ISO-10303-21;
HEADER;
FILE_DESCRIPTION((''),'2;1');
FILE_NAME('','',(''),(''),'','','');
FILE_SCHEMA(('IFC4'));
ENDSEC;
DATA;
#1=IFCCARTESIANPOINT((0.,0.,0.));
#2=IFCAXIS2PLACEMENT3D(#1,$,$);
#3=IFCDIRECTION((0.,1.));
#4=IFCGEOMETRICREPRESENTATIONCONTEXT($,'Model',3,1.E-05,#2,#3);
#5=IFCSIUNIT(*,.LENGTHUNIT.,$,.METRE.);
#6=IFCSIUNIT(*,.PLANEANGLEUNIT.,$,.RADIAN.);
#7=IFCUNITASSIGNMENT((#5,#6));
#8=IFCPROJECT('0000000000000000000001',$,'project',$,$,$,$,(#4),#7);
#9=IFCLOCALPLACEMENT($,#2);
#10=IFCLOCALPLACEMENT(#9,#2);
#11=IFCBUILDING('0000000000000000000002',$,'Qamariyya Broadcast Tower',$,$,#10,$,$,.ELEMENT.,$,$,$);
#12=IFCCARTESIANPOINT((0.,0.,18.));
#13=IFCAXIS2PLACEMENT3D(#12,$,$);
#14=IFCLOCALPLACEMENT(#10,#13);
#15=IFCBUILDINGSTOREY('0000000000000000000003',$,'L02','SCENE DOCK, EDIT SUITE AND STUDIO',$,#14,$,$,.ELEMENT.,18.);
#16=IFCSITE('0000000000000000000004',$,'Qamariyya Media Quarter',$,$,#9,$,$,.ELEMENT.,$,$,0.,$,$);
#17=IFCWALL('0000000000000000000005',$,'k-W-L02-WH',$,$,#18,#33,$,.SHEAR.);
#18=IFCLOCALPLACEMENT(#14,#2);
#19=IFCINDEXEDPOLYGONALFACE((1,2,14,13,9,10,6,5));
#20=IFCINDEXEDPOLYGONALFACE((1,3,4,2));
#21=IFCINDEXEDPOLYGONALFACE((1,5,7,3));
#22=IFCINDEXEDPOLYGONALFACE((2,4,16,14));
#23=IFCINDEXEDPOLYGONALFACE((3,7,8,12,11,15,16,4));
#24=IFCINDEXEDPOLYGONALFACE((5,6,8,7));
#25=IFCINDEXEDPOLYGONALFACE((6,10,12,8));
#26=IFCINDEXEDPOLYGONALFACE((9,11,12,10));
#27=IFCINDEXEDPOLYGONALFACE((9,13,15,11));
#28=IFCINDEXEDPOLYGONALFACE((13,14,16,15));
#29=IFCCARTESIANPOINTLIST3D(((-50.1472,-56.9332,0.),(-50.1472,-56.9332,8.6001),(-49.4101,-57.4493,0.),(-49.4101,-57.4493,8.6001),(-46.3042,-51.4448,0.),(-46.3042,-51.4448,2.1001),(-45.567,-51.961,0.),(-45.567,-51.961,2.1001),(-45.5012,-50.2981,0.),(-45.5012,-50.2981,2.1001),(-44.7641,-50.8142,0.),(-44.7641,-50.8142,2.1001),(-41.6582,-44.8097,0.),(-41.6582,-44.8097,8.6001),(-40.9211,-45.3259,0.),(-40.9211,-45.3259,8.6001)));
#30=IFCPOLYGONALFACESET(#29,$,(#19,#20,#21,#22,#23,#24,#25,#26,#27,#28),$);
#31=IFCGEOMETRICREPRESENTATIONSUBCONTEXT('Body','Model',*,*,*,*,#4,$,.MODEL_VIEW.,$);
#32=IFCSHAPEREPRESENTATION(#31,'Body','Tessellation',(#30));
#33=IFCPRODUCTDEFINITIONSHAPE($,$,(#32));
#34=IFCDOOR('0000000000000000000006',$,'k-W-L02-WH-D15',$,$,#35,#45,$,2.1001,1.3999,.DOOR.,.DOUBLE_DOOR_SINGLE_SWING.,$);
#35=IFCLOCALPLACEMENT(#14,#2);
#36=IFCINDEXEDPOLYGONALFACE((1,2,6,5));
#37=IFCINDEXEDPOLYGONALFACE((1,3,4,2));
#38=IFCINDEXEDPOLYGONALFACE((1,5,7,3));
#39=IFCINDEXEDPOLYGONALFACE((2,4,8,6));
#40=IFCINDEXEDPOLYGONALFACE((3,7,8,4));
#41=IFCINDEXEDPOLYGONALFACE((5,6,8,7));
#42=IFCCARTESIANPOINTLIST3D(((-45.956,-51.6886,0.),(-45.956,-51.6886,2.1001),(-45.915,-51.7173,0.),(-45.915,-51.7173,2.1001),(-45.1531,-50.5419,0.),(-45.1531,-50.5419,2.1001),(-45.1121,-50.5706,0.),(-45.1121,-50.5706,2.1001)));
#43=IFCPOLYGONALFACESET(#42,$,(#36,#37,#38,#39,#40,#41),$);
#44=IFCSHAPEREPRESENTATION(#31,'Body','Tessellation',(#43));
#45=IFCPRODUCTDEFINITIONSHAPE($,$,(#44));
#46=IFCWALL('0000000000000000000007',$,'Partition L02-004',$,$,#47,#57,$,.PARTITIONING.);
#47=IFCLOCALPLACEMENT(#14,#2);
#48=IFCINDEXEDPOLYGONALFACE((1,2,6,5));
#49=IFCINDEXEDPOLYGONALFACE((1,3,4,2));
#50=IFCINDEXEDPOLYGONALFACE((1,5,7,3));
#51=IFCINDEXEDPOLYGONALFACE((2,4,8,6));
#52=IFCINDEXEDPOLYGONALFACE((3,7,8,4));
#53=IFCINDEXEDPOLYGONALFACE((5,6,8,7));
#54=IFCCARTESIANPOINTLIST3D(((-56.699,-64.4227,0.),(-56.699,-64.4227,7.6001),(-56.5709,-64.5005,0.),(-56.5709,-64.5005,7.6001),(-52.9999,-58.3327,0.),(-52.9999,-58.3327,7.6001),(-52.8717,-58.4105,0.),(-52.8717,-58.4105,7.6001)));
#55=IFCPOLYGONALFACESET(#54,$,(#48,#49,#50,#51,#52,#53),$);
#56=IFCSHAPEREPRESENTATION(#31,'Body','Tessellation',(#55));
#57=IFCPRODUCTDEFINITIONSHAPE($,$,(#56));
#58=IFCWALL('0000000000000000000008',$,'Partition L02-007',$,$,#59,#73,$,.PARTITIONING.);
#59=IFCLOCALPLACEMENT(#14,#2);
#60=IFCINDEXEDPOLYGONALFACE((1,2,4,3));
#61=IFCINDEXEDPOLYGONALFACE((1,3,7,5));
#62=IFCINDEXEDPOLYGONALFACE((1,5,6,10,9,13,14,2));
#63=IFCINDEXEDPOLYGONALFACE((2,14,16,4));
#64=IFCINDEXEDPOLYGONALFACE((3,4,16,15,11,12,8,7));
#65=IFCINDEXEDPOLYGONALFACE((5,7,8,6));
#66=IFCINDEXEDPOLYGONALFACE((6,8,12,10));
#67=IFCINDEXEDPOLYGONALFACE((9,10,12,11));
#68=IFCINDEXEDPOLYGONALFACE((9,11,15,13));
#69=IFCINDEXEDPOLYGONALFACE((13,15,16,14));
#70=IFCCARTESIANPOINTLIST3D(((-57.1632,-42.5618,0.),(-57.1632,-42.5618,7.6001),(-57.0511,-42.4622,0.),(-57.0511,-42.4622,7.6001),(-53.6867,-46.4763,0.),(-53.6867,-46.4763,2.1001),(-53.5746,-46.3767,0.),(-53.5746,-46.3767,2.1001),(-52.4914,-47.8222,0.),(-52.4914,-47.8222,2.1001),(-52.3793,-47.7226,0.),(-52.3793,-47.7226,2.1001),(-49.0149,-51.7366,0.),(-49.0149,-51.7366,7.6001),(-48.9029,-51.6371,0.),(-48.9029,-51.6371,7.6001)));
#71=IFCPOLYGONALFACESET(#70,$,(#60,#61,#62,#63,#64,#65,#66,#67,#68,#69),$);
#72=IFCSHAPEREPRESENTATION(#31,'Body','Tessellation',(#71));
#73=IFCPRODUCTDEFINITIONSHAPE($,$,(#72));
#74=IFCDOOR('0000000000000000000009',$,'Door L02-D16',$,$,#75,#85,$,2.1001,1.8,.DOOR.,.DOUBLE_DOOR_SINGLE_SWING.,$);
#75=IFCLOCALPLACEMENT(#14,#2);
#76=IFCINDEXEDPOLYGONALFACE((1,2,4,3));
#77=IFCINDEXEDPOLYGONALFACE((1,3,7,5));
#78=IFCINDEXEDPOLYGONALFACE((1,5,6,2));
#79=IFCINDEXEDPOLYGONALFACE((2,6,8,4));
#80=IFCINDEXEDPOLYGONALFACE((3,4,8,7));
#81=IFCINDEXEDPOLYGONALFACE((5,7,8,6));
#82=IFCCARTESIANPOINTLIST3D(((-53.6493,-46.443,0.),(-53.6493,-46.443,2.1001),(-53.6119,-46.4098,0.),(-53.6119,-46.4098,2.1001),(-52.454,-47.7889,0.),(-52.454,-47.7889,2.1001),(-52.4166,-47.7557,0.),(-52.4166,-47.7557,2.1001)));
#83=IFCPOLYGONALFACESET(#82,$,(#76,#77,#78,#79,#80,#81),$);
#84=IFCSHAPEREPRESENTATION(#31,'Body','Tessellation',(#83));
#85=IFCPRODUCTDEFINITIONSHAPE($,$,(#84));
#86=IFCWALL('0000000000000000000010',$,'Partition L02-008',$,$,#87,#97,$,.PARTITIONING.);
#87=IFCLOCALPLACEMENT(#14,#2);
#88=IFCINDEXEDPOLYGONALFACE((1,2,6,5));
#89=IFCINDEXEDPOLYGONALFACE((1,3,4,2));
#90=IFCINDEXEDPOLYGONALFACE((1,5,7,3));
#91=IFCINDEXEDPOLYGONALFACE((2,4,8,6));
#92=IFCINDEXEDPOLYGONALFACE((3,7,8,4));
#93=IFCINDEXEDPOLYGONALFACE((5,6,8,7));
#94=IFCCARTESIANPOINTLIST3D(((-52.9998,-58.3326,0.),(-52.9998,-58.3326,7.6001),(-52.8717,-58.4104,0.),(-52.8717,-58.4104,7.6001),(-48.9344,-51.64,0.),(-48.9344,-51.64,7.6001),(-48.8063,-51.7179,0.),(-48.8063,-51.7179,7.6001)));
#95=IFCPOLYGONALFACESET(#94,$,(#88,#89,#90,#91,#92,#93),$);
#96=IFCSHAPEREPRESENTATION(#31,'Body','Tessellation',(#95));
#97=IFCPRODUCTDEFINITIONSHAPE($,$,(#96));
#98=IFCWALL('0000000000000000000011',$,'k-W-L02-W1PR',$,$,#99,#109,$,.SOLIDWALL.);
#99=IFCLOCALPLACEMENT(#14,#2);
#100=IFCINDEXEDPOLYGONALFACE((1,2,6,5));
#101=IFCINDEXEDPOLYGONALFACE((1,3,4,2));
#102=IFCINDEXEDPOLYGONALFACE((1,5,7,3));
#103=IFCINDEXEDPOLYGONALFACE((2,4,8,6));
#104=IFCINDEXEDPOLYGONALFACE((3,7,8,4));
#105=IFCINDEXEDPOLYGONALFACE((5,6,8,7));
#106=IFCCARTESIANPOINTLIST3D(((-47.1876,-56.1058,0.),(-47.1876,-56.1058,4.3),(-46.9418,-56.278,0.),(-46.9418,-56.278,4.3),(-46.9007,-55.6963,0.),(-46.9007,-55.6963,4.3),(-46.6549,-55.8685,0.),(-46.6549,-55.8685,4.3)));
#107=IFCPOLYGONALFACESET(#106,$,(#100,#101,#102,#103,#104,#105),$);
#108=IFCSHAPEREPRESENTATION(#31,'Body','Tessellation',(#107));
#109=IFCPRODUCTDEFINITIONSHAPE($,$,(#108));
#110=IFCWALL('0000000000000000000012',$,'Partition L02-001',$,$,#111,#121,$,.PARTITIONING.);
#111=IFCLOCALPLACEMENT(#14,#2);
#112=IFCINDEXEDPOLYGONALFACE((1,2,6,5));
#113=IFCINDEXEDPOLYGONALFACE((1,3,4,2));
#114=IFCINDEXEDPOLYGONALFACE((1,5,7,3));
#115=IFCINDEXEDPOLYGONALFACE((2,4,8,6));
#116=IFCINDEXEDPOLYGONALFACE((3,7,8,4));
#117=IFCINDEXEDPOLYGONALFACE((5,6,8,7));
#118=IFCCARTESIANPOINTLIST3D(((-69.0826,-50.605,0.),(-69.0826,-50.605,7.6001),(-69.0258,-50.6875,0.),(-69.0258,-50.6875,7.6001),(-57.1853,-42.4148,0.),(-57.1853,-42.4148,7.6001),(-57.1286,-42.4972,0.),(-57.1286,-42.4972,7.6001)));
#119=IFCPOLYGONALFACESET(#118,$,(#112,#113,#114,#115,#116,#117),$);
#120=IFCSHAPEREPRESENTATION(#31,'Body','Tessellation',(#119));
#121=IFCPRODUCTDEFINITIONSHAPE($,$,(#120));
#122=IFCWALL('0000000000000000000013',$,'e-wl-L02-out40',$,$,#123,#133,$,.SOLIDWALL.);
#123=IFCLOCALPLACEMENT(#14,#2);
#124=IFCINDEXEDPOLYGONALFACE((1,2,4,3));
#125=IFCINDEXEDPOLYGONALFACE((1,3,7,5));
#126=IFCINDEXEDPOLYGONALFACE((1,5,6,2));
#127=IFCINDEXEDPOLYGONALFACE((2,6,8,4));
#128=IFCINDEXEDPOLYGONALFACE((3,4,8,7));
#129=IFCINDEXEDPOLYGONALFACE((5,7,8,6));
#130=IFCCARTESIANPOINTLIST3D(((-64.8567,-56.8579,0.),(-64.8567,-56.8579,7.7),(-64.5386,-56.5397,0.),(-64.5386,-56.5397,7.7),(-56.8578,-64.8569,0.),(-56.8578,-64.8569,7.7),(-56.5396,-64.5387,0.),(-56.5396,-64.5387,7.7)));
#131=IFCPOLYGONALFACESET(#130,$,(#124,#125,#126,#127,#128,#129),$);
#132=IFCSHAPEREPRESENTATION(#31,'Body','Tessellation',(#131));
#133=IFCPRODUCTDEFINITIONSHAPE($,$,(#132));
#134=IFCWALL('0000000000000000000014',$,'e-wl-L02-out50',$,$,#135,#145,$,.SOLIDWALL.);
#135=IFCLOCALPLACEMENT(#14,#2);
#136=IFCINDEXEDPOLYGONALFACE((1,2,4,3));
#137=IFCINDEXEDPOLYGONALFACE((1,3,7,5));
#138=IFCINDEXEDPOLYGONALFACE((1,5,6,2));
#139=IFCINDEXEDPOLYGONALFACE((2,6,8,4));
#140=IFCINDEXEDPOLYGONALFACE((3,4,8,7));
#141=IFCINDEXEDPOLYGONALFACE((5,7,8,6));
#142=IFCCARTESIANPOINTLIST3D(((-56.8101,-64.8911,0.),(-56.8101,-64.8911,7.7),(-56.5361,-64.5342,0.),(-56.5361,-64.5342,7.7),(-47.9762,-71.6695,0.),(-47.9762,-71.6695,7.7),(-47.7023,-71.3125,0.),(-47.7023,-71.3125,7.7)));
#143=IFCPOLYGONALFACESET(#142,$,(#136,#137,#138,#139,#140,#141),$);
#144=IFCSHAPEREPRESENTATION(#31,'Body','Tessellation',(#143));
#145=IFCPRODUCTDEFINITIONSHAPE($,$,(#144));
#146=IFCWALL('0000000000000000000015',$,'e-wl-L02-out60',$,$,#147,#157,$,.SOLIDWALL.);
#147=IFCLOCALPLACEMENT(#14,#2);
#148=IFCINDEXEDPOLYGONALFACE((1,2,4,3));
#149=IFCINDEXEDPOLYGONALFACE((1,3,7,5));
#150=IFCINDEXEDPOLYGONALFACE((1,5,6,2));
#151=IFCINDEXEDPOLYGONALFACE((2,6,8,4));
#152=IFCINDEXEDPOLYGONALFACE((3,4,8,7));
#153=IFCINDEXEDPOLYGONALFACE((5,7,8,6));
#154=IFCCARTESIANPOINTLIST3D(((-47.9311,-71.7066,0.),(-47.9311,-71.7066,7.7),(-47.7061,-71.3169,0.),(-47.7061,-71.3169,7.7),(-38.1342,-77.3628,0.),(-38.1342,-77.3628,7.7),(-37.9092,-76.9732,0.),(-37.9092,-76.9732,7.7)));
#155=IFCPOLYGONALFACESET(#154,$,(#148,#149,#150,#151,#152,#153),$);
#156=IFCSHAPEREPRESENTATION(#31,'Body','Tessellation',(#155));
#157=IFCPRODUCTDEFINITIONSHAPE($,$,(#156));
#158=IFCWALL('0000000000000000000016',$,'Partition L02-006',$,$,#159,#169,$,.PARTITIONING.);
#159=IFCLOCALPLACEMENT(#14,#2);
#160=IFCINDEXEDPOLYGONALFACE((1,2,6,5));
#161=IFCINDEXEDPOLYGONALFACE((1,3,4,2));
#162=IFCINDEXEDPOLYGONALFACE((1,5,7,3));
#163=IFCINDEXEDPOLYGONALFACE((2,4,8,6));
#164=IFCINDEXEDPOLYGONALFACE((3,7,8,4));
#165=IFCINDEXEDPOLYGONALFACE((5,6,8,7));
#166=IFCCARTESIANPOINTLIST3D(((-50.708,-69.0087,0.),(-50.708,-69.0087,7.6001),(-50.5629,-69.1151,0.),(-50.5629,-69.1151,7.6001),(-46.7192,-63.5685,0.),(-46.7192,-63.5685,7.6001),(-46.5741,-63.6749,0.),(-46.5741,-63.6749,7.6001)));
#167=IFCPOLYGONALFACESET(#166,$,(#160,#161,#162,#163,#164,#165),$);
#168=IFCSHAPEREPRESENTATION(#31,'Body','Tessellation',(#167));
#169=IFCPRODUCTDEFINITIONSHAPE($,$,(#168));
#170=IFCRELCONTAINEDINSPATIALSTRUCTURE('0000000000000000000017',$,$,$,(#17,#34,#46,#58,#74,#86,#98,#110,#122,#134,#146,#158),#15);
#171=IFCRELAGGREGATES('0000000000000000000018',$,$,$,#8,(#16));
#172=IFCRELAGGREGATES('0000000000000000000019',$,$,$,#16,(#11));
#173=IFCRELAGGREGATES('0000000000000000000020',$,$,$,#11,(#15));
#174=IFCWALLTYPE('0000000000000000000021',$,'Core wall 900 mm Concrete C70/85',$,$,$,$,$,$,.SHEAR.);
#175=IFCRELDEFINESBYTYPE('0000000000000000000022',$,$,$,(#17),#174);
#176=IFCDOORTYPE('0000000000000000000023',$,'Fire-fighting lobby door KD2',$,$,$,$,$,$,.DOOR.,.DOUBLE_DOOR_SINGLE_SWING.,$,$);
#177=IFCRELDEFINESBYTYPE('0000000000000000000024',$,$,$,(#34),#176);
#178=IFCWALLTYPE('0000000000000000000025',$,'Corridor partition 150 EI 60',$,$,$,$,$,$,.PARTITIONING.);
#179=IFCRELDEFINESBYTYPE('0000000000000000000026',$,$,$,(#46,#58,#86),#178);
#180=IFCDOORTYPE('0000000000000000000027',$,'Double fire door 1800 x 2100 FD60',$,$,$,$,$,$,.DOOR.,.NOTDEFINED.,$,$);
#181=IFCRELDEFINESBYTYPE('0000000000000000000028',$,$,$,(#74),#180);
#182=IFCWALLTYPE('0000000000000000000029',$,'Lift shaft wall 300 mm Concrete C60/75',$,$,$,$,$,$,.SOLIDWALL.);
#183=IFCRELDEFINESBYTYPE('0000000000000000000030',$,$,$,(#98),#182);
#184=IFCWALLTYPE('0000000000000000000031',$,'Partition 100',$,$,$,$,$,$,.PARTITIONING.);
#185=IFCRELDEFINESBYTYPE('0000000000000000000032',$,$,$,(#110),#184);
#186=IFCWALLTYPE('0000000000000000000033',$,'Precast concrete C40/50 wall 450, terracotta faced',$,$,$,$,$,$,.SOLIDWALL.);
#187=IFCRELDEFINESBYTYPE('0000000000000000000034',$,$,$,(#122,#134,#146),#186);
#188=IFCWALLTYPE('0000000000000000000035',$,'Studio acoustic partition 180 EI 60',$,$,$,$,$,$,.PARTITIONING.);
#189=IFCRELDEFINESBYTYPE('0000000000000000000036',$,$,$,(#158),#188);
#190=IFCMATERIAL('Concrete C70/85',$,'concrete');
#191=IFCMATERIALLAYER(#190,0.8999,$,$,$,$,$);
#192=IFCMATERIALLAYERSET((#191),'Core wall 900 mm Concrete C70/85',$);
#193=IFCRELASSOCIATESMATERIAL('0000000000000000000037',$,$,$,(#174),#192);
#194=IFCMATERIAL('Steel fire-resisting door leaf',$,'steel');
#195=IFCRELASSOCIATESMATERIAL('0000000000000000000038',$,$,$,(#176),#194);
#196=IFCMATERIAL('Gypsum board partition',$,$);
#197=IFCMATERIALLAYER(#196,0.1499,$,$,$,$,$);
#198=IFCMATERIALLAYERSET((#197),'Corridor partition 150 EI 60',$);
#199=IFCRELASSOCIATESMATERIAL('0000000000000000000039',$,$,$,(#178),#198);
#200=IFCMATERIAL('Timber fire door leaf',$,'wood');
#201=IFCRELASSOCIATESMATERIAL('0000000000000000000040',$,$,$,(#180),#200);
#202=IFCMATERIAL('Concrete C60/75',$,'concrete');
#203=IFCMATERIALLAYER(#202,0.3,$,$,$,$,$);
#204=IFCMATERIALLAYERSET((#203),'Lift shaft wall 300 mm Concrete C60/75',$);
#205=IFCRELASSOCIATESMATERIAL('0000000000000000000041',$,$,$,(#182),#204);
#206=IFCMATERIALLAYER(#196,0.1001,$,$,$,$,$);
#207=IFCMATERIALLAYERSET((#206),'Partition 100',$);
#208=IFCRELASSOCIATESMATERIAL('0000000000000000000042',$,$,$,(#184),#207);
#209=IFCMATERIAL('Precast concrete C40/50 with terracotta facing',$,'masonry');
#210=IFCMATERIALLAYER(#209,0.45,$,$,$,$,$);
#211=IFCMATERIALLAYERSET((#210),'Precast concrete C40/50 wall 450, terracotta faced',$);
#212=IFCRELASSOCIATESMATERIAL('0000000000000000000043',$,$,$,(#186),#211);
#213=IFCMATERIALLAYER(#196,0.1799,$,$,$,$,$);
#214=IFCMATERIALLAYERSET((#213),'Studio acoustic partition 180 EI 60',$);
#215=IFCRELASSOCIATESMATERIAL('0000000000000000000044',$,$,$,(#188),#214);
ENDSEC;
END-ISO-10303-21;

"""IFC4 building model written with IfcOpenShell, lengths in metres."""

from ifc_helpers import new_model, si_unit, direction, frame, frame_2d, origin, place, context, subcontext, project, spatial, rectangle, extrude, material, layer, layer_set, type_object, element, fill, save


model = new_model("IFC4")

# Units and contexts
model_context = context("Model", 3, precision=1e-05, world=origin(), true_north=direction((0.0, 1.0)))
body_context = subcontext(model_context, "Body", "Model", "MODEL_VIEW")
ifc_project = project(units=[si_unit("LENGTHUNIT", "METRE"), si_unit("PLANEANGLEUNIT", "RADIAN")], contexts=[model_context])

# Site, building, storey
site_placement = place(None, origin())
site = spatial("IfcSite", under=ifc_project, at=site_placement, Name="Qamariyya Media Quarter", CompositionType="ELEMENT", RefElevation=0.0)
building_placement = place(site_placement, origin())
building = spatial("IfcBuilding", under=site, at=building_placement, Name="Qamariyya Broadcast Tower", CompositionType="ELEMENT")
storey_placement = place(building_placement, frame((0.0, 0.0, 18.0)))
storey = spatial("IfcBuildingStorey", under=building, at=storey_placement, Name="L02", Description="SCENE DOCK, EDIT SUITE AND STUDIO", CompositionType="ELEMENT", Elevation=18.0)

# Shared definitions
ifc_material_1 = material(Name="Concrete C70/85", Category="concrete")

# Wall, opening, door
ifc_layer_1 = layer(ifc_material_1, 0.8999)
ifc_layer_set_1 = layer_set([ifc_layer_1], Name="Core wall 900 mm Concrete C70/85")
wall_type_1 = type_object("IfcWallType", Name="Core wall 900 mm Concrete C70/85", PredefinedType="SHEAR", material=ifc_layer_set_1)
wall_1_placement = place(storey_placement, frame((-49.7786, -57.1912, 0.0), z_axis=(0.0, 0.0, 1.0), x_axis=(0.573577, 0.819151, 0.0)))
wall_1 = element("IfcWall", 1, at=wall_1_placement, inside=storey, type_object=wall_type_1, Name="k-W-L02-WH", PredefinedType="SHEAR", context=body_context, shape_type="SweptSolid", body=[
    extrude(rectangle(XDim=14.8, YDim=0.8999, at=frame_2d((7.3999, 0.0))), origin(), (0.0, 0.0, 1.0), 8.6001),
])
opening_1_placement = place(wall_1_placement, frame((6.7, 0.0, 0.0)))
opening_1 = element("IfcOpeningElement", 2, at=opening_1_placement, cuts=wall_1, PredefinedType="OPENING", context=body_context, shape_type="SweptSolid", body=[
    extrude(rectangle(XDim=1.3999, YDim=2.1001, at=frame_2d((0.7, 1.05))), frame((0.0, 0.46, 0.0), z_axis=(0.0, -1.0, 0.0), x_axis=(1.0, 0.0, 0.0)), (0.0, 0.0, 1.0), 0.9199),
])
ifc_material_2 = material(Name="Steel fire-resisting door leaf", Category="steel")
door_type_1 = type_object("IfcDoorType", Name="Fire-fighting lobby door KD2", OperationType="DOUBLE_DOOR_SINGLE_SWING", PredefinedType="DOOR", material=ifc_material_2)
door_1_placement = place(opening_1_placement, origin())
door_1 = element("IfcDoor", 3, at=door_1_placement, inside=storey, type_object=door_type_1, Name="k-W-L02-WH-D15", OperationType="DOUBLE_DOOR_SINGLE_SWING", OverallHeight=2.1001, OverallWidth=1.3999, PredefinedType="DOOR", context=body_context, shape_type="SweptSolid", body=[
    extrude(rectangle(XDim=1.3999, YDim=2.1001, at=frame_2d((0.7, 1.05))), frame((0.0, 0.0249, 0.0), z_axis=(0.0, -1.0, 0.0), x_axis=(1.0, 0.0, 0.0)), (0.0, 0.0, 1.0), 0.05),
])
fill(opening_1, door_1)

# Wall
ifc_material_3 = material(Name="Gypsum board partition")
ifc_layer_2 = layer(ifc_material_3, 0.1499)
ifc_layer_set_2 = layer_set([ifc_layer_2], Name="Corridor partition 150 EI 60")
wall_type_2 = type_object("IfcWallType", Name="Corridor partition 150 EI 60", PredefinedType="PARTITIONING", material=ifc_layer_set_2)
wall_2_placement = place(storey_placement, frame((-52.9358, -58.3716, 0.0), z_axis=(0.0, 0.0, 1.0), x_axis=(-0.519149, -0.854684, 0.0)))
element("IfcWall", 4, at=wall_2_placement, inside=storey, type_object=wall_type_2, Name="Partition L02-004", PredefinedType="PARTITIONING", context=body_context, shape_type="SweptSolid", body=[
    extrude(rectangle(XDim=7.1255, YDim=0.1499, at=frame_2d((3.5627, 0.0))), origin(), (0.0, 0.0, 1.0), 7.6001),
])

# Wall, opening, door
wall_3_placement = place(storey_placement, frame((-48.959, -51.6868, 0.0), z_axis=(0.0, 0.0, 1.0), x_axis=(-0.664037, 0.7477, 0.0)))
wall_3 = element("IfcWall", 5, at=wall_3_placement, inside=storey, type_object=wall_type_2, Name="Partition L02-007", PredefinedType="PARTITIONING", context=body_context, shape_type="SweptSolid", body=[
    extrude(rectangle(XDim=12.2708, YDim=0.1499, at=frame_2d((6.1353, 0.0))), origin(), (0.0, 0.0, 1.0), 7.6001),
])
opening_2_placement = place(wall_3_placement, frame((5.2354, 0.0, 0.0)))
opening_2 = element("IfcOpeningElement", 6, at=opening_2_placement, cuts=wall_3, PredefinedType="OPENING", context=body_context, shape_type="SweptSolid", body=[
    extrude(rectangle(XDim=1.8, YDim=2.1001, at=frame_2d((0.8999, 1.05))), frame((0.0, 0.085, 0.0), z_axis=(0.0, -1.0, 0.0), x_axis=(1.0, 0.0, 0.0)), (0.0, 0.0, 1.0), 0.1699),
])
ifc_material_4 = material(Name="Timber fire door leaf", Category="wood")
door_type_2 = type_object("IfcDoorType", Name="Double fire door 1800 x 2100 FD60", OperationType="NOTDEFINED", PredefinedType="DOOR", material=ifc_material_4)
door_2_placement = place(opening_2_placement, origin())
door_2 = element("IfcDoor", 7, at=door_2_placement, inside=storey, type_object=door_type_2, Name="Door L02-D16", OperationType="DOUBLE_DOOR_SINGLE_SWING", OverallHeight=2.1001, OverallWidth=1.8, PredefinedType="DOOR", context=body_context, shape_type="SweptSolid", body=[
    extrude(rectangle(XDim=1.8, YDim=2.1001, at=frame_2d((0.8999, 1.05))), frame((0.0, 0.0249, 0.0), z_axis=(0.0, -1.0, 0.0), x_axis=(1.0, 0.0, 0.0)), (0.0, 0.0, 1.0), 0.05),
])
fill(opening_2, door_2)

# Walls
wall_4_placement = place(storey_placement, frame((-48.8704, -51.679, 0.0), z_axis=(0.0, 0.0, 1.0), x_axis=(-0.519169, -0.854671, 0.0)))
element("IfcWall", 8, at=wall_4_placement, inside=storey, type_object=wall_type_2, Name="Partition L02-008", PredefinedType="PARTITIONING", context=body_context, shape_type="SweptSolid", body=[
    extrude(rectangle(XDim=7.8306, YDim=0.1499, at=frame_2d((3.9153, 0.0))), origin(), (0.0, 0.0, 1.0), 7.6001),
])
ifc_material_5 = material(Name="Concrete C60/75", Category="concrete")
ifc_layer_3 = layer(ifc_material_5, 0.3)
ifc_layer_set_3 = layer_set([ifc_layer_3], Name="Lift shaft wall 300 mm Concrete C60/75")
wall_type_3 = type_object("IfcWallType", Name="Lift shaft wall 300 mm Concrete C60/75", PredefinedType="SOLIDWALL", material=ifc_layer_set_3)
wall_5_placement = place(storey_placement, frame((-47.0647, -56.1919, 0.0), z_axis=(0.0, 0.0, 1.0), x_axis=(0.573823, 0.818979, 0.0)))
element("IfcWall", 9, at=wall_5_placement, inside=storey, type_object=wall_type_3, Name="k-W-L02-W1PR", PredefinedType="SOLIDWALL", context=body_context, shape_type="SweptSolid", body=[
    extrude(rectangle(XDim=0.5, YDim=0.3, at=frame_2d((0.25, 0.0))), origin(), (0.0, 0.0, 1.0), 4.3),
])
ifc_layer_4 = layer(ifc_material_3, 0.1001)
ifc_layer_set_4 = layer_set([ifc_layer_4], Name="Partition 100")
wall_type_4 = type_object("IfcWallType", Name="Partition 100", PredefinedType="PARTITIONING", material=ifc_layer_set_4)
wall_6_placement = place(storey_placement, frame((-69.0542, -50.6462, 0.0), z_axis=(0.0, 0.0, 1.0), x_axis=(0.823691, 0.567039, 0.0)))
element("IfcWall", 10, at=wall_6_placement, inside=storey, type_object=wall_type_4, Name="Partition L02-001", PredefinedType="PARTITIONING", context=body_context, shape_type="SweptSolid", body=[
    extrude(rectangle(XDim=14.4438, YDim=0.1001, at=frame_2d((7.2219, 0.0))), origin(), (0.0, 0.0, 1.0), 7.6001),
])
ifc_material_6 = material(Name="Precast concrete C40/50 with terracotta facing", Category="masonry")
ifc_layer_5 = layer(ifc_material_6, 0.45)
ifc_layer_set_5 = layer_set([ifc_layer_5], Name="Precast concrete C40/50 wall 450, terracotta faced")
wall_type_5 = type_object("IfcWallType", Name="Precast concrete C40/50 wall 450, terracotta faced", PredefinedType="SOLIDWALL", material=ifc_layer_set_5)
wall_7_placement = place(storey_placement, frame((-64.6978, -56.6987, 0.0), z_axis=(0.0, 0.0, 1.0), x_axis=(0.707107, -0.707107, 0.0)))
element("IfcWall", 11, at=wall_7_placement, inside=storey, type_object=wall_type_5, Name="e-wl-L02-out40", PredefinedType="SOLIDWALL", context=body_context, shape_type="SweptSolid", body=[
    extrude(rectangle(XDim=11.3123, YDim=0.45, at=frame_2d((5.6562, 0.0))), origin(), (0.0, 0.0, 1.0), 7.7),
])
wall_8_placement = place(storey_placement, frame((-56.6731, -64.7126, 0.0), z_axis=(0.0, 0.0, 1.0), x_axis=(0.793355, -0.608759, 0.0)))
element("IfcWall", 12, at=wall_8_placement, inside=storey, type_object=wall_type_5, Name="e-wl-L02-out50", PredefinedType="SOLIDWALL", context=body_context, shape_type="SweptSolid", body=[
    extrude(rectangle(XDim=11.1348, YDim=0.45, at=frame_2d((5.5674, 0.0))), origin(), (0.0, 0.0, 1.0), 7.7),
])
wall_9_placement = place(storey_placement, frame((-47.8186, -71.5117, 0.0), z_axis=(0.0, 0.0, 1.0), x_axis=(0.866025, -0.500001, 0.0)))
element("IfcWall", 13, at=wall_9_placement, inside=storey, type_object=wall_type_5, Name="e-wl-L02-out60", PredefinedType="SOLIDWALL", context=body_context, shape_type="SweptSolid", body=[
    extrude(rectangle(XDim=11.3125, YDim=0.45, at=frame_2d((5.6562, 0.0))), origin(), (0.0, 0.0, 1.0), 7.7),
])
ifc_layer_6 = layer(ifc_material_3, 0.1799)
ifc_layer_set_6 = layer_set([ifc_layer_6], Name="Studio acoustic partition 180 EI 60")
wall_type_6 = type_object("IfcWallType", Name="Studio acoustic partition 180 EI 60", PredefinedType="PARTITIONING", material=ifc_layer_set_6)
wall_10_placement = place(storey_placement, frame((-50.6355, -69.062, 0.0), z_axis=(0.0, 0.0, 1.0), x_axis=(0.591296, 0.806454, 0.0)))
element("IfcWall", 14, at=wall_10_placement, inside=storey, type_object=wall_type_6, Name="Partition L02-006", PredefinedType="PARTITIONING", context=body_context, shape_type="SweptSolid", body=[
    extrude(rectangle(XDim=6.7458, YDim=0.1799, at=frame_2d((3.373, 0.0))), origin(), (0.0, 0.0, 1.0), 7.6001),
])

save(model, "model.ifc")
